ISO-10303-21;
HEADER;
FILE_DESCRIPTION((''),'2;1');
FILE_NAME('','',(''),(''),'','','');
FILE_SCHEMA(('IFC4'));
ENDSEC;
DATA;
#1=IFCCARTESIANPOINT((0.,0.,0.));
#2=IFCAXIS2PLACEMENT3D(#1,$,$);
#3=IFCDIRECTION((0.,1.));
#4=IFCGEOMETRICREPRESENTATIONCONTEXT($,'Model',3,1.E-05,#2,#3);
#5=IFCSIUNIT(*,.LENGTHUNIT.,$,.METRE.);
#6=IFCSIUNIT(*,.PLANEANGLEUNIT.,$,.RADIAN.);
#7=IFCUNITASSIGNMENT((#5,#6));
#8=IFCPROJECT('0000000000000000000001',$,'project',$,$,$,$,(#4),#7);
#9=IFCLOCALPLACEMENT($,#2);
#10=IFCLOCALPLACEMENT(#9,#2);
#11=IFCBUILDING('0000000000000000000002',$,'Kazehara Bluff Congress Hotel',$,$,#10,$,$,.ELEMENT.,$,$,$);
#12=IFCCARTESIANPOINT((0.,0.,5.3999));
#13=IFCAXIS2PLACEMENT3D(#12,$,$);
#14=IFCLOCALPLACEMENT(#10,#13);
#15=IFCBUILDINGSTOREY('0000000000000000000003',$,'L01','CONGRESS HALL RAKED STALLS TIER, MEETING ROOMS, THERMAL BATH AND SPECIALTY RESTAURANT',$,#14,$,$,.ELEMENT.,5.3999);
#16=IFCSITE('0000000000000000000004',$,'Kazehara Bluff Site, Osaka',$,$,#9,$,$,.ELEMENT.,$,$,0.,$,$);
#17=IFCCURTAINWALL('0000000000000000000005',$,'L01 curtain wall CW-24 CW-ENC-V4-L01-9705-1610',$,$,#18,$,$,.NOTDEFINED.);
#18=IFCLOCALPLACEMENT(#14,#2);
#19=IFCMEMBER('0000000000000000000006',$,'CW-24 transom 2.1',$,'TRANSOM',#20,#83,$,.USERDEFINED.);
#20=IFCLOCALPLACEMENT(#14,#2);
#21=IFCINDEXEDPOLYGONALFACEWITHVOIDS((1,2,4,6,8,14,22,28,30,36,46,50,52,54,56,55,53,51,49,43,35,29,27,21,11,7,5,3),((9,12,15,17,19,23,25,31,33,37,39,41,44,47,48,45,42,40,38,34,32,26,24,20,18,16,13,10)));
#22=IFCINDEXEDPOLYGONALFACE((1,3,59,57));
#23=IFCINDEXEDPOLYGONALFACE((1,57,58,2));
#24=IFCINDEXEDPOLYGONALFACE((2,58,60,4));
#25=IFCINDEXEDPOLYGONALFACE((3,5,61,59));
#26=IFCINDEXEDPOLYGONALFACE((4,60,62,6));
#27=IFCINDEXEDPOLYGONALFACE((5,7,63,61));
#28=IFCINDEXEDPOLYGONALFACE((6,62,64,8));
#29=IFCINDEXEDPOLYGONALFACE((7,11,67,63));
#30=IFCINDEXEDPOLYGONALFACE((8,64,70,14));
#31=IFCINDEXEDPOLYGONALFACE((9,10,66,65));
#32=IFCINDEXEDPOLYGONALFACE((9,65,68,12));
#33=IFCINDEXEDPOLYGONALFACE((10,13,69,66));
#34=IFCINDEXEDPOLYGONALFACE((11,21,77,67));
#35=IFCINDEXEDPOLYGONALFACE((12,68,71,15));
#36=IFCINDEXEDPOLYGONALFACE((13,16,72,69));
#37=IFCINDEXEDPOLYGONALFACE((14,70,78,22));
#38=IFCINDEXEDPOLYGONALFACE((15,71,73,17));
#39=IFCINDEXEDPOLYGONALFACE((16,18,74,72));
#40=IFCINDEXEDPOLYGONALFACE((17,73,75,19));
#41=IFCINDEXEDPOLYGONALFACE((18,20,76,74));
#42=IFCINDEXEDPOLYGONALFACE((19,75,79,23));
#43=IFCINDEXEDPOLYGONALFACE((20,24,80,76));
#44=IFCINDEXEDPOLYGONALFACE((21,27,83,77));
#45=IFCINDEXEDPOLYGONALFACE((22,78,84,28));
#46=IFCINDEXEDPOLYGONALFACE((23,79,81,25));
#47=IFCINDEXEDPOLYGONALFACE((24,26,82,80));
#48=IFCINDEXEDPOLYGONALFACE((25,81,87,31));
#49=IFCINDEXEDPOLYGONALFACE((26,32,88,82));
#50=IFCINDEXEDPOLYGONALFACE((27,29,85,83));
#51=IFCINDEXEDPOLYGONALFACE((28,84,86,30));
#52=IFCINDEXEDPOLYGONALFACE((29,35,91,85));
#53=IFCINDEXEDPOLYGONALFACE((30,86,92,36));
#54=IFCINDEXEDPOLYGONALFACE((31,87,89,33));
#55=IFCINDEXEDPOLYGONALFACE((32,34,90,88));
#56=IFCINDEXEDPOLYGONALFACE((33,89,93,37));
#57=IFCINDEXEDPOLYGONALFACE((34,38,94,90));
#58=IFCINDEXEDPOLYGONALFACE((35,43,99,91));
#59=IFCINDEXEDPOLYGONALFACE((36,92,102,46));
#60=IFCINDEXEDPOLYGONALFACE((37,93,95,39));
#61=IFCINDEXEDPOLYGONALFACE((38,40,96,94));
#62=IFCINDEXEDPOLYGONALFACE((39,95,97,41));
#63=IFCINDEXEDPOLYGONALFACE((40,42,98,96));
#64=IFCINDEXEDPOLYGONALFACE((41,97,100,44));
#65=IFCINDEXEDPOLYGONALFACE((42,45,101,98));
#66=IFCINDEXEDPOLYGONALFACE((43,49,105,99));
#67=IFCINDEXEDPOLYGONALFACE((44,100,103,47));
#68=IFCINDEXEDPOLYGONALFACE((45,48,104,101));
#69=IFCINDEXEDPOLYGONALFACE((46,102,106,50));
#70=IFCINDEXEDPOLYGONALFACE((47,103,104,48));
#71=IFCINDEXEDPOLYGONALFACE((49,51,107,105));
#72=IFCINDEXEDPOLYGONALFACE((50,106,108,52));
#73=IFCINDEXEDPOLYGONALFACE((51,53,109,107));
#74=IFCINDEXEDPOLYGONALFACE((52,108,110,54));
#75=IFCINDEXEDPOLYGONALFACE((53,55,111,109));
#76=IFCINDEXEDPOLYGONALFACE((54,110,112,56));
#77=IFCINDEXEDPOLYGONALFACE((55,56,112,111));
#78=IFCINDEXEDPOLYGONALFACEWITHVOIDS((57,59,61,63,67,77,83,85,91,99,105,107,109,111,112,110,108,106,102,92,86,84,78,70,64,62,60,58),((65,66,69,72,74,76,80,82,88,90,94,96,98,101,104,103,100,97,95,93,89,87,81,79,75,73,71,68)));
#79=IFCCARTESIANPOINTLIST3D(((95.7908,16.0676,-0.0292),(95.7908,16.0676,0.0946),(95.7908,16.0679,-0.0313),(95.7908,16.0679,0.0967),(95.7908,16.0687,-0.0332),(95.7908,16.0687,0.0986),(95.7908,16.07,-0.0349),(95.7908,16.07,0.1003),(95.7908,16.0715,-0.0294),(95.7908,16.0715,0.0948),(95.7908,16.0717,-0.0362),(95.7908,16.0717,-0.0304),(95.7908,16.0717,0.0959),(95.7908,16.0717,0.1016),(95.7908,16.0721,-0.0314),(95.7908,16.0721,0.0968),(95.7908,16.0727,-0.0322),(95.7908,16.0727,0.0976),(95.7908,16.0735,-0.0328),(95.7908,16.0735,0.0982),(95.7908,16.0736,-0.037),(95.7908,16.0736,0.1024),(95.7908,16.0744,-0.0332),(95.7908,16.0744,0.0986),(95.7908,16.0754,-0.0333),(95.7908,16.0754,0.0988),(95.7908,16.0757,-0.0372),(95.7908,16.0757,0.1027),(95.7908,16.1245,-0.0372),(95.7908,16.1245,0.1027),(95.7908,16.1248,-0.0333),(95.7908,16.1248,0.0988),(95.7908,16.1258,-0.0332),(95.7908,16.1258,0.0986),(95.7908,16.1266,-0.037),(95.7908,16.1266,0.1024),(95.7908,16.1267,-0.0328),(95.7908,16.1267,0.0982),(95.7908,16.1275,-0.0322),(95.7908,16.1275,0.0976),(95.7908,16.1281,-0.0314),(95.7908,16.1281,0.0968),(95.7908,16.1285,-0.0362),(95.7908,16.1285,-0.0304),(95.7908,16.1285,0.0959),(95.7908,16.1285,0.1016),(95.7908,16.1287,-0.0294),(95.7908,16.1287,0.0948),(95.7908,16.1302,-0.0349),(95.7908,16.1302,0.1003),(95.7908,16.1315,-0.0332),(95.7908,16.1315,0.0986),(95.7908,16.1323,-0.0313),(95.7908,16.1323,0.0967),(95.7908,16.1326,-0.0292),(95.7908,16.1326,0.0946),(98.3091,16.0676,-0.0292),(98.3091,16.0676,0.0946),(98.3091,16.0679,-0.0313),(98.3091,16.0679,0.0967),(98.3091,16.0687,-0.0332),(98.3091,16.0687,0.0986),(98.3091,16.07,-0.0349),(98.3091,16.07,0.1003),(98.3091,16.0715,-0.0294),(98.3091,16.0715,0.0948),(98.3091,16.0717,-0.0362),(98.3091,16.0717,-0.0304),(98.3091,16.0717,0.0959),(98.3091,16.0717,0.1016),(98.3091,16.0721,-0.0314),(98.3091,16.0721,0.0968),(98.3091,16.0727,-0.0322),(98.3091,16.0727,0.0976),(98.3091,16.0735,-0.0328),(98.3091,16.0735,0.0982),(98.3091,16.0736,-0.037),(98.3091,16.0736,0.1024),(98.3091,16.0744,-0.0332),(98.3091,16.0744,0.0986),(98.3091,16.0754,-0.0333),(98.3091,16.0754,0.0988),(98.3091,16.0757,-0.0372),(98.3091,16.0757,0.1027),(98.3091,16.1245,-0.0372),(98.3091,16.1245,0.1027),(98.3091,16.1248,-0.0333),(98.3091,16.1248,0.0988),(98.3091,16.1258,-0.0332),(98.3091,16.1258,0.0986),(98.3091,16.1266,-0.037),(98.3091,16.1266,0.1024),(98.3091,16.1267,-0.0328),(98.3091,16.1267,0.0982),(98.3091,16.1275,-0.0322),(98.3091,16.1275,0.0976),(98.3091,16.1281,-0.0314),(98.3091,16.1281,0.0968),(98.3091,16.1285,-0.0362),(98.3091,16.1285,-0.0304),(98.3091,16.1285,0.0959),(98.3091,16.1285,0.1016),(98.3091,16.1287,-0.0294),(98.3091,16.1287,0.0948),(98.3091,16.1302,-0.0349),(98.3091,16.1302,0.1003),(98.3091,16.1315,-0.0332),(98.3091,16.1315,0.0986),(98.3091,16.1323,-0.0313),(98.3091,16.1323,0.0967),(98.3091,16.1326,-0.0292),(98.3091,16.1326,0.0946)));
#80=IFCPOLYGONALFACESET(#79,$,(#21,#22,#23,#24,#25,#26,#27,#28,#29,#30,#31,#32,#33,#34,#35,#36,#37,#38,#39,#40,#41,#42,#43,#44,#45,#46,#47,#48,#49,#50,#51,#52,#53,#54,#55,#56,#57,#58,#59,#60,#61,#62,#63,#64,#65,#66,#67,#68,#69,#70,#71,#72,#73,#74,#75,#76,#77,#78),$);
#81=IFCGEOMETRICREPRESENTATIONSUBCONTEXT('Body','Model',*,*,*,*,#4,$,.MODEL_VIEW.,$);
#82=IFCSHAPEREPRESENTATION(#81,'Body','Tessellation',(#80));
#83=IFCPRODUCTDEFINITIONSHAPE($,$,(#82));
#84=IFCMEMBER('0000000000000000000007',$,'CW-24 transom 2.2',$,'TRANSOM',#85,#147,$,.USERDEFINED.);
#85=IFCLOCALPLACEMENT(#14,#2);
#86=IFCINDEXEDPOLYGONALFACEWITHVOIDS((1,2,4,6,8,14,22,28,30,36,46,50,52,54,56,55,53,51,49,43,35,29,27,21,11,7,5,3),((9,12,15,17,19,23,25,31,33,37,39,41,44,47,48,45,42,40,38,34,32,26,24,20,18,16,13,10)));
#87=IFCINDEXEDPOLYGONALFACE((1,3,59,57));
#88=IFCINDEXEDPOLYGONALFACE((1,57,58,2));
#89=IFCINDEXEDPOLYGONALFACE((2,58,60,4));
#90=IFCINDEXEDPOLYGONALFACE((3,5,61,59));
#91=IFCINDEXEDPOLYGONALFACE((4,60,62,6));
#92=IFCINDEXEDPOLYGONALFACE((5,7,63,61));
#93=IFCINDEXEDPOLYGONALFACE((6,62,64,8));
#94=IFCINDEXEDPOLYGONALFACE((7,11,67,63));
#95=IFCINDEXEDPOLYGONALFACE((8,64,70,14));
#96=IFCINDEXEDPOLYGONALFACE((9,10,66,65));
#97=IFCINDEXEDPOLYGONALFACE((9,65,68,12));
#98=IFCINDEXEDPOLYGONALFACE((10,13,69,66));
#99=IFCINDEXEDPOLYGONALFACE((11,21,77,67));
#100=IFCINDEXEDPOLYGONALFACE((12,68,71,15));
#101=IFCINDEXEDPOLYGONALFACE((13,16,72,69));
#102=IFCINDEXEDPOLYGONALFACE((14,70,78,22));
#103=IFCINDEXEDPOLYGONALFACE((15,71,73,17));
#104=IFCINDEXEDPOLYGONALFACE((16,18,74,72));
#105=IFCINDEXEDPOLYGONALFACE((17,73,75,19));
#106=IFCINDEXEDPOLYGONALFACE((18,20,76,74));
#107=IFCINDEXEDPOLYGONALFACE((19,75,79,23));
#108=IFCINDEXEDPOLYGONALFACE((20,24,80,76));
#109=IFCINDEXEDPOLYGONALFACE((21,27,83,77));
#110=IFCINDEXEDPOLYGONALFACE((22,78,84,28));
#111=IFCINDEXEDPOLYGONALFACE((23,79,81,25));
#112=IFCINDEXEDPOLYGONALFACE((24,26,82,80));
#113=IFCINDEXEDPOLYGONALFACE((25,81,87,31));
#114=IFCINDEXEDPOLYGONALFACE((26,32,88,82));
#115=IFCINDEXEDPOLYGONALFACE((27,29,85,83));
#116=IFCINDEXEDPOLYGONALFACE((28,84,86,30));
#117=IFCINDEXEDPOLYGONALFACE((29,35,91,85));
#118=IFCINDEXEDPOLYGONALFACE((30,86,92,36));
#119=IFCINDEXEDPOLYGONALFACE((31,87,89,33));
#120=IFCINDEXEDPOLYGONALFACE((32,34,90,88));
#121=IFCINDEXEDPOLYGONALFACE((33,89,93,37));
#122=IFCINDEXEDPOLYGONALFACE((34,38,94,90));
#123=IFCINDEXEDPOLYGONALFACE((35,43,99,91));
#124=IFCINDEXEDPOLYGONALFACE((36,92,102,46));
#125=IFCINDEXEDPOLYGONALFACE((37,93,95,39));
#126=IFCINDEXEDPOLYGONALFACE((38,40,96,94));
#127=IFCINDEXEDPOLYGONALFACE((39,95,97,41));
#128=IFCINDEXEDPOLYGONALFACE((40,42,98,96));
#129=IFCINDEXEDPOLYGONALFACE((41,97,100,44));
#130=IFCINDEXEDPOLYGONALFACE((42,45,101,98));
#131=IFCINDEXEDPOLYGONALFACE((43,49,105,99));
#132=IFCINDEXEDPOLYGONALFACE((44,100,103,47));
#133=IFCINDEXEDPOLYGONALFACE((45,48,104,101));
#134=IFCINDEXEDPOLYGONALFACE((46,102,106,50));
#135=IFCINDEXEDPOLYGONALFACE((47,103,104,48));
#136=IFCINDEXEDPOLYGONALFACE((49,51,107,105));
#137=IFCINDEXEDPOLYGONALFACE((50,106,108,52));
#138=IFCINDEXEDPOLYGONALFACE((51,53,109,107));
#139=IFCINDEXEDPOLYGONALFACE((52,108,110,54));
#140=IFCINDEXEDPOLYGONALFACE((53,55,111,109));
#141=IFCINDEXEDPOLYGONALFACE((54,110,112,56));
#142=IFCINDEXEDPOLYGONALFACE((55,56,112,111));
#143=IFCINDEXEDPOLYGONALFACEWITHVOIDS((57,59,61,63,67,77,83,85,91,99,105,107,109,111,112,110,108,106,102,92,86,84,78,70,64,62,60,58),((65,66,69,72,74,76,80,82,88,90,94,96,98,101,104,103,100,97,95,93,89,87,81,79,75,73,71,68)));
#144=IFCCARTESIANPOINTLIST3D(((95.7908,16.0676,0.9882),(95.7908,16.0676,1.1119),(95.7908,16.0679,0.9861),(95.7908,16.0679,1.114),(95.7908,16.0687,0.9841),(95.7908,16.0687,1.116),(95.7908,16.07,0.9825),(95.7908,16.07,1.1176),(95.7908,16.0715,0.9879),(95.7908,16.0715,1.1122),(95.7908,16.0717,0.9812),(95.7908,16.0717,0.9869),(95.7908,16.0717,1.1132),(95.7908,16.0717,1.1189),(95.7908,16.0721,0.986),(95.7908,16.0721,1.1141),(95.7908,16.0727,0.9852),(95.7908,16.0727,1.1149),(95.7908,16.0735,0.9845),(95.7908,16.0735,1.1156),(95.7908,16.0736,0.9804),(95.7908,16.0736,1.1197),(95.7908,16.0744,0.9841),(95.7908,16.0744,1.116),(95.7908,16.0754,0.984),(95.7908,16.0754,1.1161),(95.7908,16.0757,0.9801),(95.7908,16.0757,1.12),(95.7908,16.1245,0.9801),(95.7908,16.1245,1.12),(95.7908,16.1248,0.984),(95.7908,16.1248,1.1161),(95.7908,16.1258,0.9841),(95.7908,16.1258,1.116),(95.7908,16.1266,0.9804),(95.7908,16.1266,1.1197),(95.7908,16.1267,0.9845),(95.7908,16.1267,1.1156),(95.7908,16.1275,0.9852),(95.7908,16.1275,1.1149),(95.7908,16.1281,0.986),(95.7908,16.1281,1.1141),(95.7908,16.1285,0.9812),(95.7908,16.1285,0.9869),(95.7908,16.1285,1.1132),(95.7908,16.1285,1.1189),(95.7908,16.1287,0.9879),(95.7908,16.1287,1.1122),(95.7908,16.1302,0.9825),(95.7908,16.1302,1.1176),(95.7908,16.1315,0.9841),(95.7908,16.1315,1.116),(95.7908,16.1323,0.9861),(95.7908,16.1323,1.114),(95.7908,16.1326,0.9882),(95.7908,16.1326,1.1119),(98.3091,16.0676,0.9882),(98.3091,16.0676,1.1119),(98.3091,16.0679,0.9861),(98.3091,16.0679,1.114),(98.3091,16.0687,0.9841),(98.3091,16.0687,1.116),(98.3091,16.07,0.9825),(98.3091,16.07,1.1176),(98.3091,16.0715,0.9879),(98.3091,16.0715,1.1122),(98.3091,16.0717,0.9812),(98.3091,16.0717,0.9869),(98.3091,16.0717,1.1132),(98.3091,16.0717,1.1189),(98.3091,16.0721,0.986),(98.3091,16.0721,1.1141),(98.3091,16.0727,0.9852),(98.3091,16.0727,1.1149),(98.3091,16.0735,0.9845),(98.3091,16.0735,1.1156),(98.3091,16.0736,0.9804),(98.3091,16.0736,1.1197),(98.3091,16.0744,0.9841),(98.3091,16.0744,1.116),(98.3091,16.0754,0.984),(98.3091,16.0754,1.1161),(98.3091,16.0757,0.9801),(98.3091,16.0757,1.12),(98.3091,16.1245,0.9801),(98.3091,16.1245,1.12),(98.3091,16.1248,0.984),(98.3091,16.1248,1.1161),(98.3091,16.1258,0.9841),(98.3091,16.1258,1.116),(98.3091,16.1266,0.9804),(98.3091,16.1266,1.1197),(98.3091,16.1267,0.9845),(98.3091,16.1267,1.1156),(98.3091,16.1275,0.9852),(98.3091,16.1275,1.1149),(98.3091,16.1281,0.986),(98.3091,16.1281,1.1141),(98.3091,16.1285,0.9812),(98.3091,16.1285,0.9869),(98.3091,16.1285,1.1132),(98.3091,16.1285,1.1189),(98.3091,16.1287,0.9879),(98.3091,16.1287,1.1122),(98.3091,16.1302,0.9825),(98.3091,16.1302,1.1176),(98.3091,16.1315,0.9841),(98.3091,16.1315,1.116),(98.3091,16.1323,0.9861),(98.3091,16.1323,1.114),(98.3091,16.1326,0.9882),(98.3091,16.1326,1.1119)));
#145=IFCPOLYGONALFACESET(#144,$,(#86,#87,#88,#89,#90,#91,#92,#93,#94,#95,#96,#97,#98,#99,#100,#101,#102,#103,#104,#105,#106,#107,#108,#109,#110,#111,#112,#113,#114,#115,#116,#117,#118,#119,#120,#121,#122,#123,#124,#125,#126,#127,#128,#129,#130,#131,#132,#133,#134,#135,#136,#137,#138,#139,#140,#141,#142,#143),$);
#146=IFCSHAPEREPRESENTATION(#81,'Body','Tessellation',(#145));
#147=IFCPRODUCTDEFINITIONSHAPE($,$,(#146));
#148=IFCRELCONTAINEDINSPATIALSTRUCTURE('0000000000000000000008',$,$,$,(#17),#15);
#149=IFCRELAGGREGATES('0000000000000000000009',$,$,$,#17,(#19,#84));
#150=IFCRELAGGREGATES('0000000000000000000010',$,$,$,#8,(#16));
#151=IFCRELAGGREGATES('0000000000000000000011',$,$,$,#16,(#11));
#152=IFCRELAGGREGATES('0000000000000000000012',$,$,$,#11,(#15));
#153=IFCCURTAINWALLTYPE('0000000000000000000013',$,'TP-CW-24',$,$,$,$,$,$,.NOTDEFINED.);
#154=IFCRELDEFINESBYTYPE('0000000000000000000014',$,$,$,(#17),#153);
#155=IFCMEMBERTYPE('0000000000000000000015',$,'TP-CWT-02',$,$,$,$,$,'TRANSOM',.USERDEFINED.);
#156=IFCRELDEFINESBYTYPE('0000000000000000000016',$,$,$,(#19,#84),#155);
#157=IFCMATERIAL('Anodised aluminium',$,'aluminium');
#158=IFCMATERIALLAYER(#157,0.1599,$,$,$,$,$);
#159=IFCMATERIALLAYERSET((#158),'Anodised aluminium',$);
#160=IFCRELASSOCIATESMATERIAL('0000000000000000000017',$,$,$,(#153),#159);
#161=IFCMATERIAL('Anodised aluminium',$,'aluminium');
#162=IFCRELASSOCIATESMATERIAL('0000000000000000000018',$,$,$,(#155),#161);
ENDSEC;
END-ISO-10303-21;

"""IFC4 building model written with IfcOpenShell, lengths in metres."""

from ifc_helpers import new_model, si_unit, direction, frame, origin, origin_2d, place, context, subcontext, project, spatial, hollow_rectangle, extrude, material, layer, layer_set, material_profile, profile_set, type_object, element, aggregate, save


model = new_model("IFC4")

# Units and contexts
model_context = context("Model", 3, precision=1e-05, world=origin(), true_north=direction((0.0, 1.0)))
body_context = subcontext(model_context, "Body", "Model", "MODEL_VIEW")
ifc_project = project(units=[si_unit("LENGTHUNIT", "METRE"), si_unit("PLANEANGLEUNIT", "RADIAN")], contexts=[model_context])

# Site, building, storey
site_placement = place(None, origin())
site = spatial("IfcSite", under=ifc_project, at=site_placement, Name="Kazehara Bluff Site, Osaka", CompositionType="ELEMENT", RefElevation=0.0)
building_placement = place(site_placement, origin())
building = spatial("IfcBuilding", under=site, at=building_placement, Name="Kazehara Bluff Congress Hotel", CompositionType="ELEMENT")
storey_placement = place(building_placement, frame((0.0, 0.0, 5.3999)))
storey = spatial("IfcBuildingStorey", under=building, at=storey_placement, Name="L01", Description="CONGRESS HALL RAKED STALLS TIER, MEETING ROOMS, THERMAL BATH AND SPECIALTY RESTAURANT", CompositionType="ELEMENT", Elevation=5.3999)

# Curtain wall
ifc_material_1 = material(Name="Anodised aluminium", Category="aluminium")
ifc_layer_1 = layer(ifc_material_1, 0.1599)
ifc_layer_set_1 = layer_set([ifc_layer_1], Name="Anodised aluminium")
curtain_wall_type_1 = type_object("IfcCurtainWallType", Name="TP-CW-24", PredefinedType="NOTDEFINED", material=ifc_layer_set_1)
curtain_wall_1_placement = place(storey_placement, origin())
curtain_wall_1 = element("IfcCurtainWall", 1, at=curtain_wall_1_placement, inside=storey, type_object=curtain_wall_type_1, Name="L01 curtain wall CW-24 CW-ENC-V4-L01-9705-1610", PredefinedType="NOTDEFINED")

# Members
ifc_material_2 = material(Name="Anodised aluminium", Category="aluminium")
ifc_material_profile_1 = material_profile(ifc_material_2, hollow_rectangle(XDim=0.0649, YDim=0.1399, WallThickness=0.0039, InnerFilletRadius=0.0039, OuterFilletRadius=0.0081, at=origin_2d()))
ifc_profile_set_1 = profile_set([ifc_material_profile_1], Name="Anodised aluminium")
member_type_1 = type_object("IfcMemberType", Name="TP-CWT-02", ElementType="TRANSOM", PredefinedType="USERDEFINED", material=ifc_profile_set_1)
member_1_placement = place(storey_placement, frame((98.3091, 16.1001, 0.0327), z_axis=(-1.0, 0.0, 0.0), x_axis=(0.0, -1.0, 0.0)))
member_1 = element("IfcMember", 2, at=member_1_placement, type_object=member_type_1, Name="CW-24 transom 2.1", ObjectType="TRANSOM", PredefinedType="USERDEFINED", context=body_context, shape_type="SweptSolid", body=[
    extrude(hollow_rectangle(XDim=0.0649, YDim=0.1399, WallThickness=0.0039, InnerFilletRadius=0.0039, OuterFilletRadius=0.0081, at=origin_2d()), origin(), (0.0, 0.0, 1.0), 2.5183),
])
member_2_placement = place(storey_placement, frame((98.3091, 16.1001, 1.05), z_axis=(-1.0, 0.0, 0.0), x_axis=(0.0, -1.0, 0.0)))
member_2 = element("IfcMember", 3, at=member_2_placement, type_object=member_type_1, Name="CW-24 transom 2.2", ObjectType="TRANSOM", PredefinedType="USERDEFINED", context=body_context, shape_type="SweptSolid", body=[
    extrude(hollow_rectangle(XDim=0.0649, YDim=0.1399, WallThickness=0.0039, InnerFilletRadius=0.0039, OuterFilletRadius=0.0081, at=origin_2d()), origin(), (0.0, 0.0, 1.0), 2.5183),
])

aggregate(curtain_wall_1, [member_1, member_2])

save(model, "model.ifc")
